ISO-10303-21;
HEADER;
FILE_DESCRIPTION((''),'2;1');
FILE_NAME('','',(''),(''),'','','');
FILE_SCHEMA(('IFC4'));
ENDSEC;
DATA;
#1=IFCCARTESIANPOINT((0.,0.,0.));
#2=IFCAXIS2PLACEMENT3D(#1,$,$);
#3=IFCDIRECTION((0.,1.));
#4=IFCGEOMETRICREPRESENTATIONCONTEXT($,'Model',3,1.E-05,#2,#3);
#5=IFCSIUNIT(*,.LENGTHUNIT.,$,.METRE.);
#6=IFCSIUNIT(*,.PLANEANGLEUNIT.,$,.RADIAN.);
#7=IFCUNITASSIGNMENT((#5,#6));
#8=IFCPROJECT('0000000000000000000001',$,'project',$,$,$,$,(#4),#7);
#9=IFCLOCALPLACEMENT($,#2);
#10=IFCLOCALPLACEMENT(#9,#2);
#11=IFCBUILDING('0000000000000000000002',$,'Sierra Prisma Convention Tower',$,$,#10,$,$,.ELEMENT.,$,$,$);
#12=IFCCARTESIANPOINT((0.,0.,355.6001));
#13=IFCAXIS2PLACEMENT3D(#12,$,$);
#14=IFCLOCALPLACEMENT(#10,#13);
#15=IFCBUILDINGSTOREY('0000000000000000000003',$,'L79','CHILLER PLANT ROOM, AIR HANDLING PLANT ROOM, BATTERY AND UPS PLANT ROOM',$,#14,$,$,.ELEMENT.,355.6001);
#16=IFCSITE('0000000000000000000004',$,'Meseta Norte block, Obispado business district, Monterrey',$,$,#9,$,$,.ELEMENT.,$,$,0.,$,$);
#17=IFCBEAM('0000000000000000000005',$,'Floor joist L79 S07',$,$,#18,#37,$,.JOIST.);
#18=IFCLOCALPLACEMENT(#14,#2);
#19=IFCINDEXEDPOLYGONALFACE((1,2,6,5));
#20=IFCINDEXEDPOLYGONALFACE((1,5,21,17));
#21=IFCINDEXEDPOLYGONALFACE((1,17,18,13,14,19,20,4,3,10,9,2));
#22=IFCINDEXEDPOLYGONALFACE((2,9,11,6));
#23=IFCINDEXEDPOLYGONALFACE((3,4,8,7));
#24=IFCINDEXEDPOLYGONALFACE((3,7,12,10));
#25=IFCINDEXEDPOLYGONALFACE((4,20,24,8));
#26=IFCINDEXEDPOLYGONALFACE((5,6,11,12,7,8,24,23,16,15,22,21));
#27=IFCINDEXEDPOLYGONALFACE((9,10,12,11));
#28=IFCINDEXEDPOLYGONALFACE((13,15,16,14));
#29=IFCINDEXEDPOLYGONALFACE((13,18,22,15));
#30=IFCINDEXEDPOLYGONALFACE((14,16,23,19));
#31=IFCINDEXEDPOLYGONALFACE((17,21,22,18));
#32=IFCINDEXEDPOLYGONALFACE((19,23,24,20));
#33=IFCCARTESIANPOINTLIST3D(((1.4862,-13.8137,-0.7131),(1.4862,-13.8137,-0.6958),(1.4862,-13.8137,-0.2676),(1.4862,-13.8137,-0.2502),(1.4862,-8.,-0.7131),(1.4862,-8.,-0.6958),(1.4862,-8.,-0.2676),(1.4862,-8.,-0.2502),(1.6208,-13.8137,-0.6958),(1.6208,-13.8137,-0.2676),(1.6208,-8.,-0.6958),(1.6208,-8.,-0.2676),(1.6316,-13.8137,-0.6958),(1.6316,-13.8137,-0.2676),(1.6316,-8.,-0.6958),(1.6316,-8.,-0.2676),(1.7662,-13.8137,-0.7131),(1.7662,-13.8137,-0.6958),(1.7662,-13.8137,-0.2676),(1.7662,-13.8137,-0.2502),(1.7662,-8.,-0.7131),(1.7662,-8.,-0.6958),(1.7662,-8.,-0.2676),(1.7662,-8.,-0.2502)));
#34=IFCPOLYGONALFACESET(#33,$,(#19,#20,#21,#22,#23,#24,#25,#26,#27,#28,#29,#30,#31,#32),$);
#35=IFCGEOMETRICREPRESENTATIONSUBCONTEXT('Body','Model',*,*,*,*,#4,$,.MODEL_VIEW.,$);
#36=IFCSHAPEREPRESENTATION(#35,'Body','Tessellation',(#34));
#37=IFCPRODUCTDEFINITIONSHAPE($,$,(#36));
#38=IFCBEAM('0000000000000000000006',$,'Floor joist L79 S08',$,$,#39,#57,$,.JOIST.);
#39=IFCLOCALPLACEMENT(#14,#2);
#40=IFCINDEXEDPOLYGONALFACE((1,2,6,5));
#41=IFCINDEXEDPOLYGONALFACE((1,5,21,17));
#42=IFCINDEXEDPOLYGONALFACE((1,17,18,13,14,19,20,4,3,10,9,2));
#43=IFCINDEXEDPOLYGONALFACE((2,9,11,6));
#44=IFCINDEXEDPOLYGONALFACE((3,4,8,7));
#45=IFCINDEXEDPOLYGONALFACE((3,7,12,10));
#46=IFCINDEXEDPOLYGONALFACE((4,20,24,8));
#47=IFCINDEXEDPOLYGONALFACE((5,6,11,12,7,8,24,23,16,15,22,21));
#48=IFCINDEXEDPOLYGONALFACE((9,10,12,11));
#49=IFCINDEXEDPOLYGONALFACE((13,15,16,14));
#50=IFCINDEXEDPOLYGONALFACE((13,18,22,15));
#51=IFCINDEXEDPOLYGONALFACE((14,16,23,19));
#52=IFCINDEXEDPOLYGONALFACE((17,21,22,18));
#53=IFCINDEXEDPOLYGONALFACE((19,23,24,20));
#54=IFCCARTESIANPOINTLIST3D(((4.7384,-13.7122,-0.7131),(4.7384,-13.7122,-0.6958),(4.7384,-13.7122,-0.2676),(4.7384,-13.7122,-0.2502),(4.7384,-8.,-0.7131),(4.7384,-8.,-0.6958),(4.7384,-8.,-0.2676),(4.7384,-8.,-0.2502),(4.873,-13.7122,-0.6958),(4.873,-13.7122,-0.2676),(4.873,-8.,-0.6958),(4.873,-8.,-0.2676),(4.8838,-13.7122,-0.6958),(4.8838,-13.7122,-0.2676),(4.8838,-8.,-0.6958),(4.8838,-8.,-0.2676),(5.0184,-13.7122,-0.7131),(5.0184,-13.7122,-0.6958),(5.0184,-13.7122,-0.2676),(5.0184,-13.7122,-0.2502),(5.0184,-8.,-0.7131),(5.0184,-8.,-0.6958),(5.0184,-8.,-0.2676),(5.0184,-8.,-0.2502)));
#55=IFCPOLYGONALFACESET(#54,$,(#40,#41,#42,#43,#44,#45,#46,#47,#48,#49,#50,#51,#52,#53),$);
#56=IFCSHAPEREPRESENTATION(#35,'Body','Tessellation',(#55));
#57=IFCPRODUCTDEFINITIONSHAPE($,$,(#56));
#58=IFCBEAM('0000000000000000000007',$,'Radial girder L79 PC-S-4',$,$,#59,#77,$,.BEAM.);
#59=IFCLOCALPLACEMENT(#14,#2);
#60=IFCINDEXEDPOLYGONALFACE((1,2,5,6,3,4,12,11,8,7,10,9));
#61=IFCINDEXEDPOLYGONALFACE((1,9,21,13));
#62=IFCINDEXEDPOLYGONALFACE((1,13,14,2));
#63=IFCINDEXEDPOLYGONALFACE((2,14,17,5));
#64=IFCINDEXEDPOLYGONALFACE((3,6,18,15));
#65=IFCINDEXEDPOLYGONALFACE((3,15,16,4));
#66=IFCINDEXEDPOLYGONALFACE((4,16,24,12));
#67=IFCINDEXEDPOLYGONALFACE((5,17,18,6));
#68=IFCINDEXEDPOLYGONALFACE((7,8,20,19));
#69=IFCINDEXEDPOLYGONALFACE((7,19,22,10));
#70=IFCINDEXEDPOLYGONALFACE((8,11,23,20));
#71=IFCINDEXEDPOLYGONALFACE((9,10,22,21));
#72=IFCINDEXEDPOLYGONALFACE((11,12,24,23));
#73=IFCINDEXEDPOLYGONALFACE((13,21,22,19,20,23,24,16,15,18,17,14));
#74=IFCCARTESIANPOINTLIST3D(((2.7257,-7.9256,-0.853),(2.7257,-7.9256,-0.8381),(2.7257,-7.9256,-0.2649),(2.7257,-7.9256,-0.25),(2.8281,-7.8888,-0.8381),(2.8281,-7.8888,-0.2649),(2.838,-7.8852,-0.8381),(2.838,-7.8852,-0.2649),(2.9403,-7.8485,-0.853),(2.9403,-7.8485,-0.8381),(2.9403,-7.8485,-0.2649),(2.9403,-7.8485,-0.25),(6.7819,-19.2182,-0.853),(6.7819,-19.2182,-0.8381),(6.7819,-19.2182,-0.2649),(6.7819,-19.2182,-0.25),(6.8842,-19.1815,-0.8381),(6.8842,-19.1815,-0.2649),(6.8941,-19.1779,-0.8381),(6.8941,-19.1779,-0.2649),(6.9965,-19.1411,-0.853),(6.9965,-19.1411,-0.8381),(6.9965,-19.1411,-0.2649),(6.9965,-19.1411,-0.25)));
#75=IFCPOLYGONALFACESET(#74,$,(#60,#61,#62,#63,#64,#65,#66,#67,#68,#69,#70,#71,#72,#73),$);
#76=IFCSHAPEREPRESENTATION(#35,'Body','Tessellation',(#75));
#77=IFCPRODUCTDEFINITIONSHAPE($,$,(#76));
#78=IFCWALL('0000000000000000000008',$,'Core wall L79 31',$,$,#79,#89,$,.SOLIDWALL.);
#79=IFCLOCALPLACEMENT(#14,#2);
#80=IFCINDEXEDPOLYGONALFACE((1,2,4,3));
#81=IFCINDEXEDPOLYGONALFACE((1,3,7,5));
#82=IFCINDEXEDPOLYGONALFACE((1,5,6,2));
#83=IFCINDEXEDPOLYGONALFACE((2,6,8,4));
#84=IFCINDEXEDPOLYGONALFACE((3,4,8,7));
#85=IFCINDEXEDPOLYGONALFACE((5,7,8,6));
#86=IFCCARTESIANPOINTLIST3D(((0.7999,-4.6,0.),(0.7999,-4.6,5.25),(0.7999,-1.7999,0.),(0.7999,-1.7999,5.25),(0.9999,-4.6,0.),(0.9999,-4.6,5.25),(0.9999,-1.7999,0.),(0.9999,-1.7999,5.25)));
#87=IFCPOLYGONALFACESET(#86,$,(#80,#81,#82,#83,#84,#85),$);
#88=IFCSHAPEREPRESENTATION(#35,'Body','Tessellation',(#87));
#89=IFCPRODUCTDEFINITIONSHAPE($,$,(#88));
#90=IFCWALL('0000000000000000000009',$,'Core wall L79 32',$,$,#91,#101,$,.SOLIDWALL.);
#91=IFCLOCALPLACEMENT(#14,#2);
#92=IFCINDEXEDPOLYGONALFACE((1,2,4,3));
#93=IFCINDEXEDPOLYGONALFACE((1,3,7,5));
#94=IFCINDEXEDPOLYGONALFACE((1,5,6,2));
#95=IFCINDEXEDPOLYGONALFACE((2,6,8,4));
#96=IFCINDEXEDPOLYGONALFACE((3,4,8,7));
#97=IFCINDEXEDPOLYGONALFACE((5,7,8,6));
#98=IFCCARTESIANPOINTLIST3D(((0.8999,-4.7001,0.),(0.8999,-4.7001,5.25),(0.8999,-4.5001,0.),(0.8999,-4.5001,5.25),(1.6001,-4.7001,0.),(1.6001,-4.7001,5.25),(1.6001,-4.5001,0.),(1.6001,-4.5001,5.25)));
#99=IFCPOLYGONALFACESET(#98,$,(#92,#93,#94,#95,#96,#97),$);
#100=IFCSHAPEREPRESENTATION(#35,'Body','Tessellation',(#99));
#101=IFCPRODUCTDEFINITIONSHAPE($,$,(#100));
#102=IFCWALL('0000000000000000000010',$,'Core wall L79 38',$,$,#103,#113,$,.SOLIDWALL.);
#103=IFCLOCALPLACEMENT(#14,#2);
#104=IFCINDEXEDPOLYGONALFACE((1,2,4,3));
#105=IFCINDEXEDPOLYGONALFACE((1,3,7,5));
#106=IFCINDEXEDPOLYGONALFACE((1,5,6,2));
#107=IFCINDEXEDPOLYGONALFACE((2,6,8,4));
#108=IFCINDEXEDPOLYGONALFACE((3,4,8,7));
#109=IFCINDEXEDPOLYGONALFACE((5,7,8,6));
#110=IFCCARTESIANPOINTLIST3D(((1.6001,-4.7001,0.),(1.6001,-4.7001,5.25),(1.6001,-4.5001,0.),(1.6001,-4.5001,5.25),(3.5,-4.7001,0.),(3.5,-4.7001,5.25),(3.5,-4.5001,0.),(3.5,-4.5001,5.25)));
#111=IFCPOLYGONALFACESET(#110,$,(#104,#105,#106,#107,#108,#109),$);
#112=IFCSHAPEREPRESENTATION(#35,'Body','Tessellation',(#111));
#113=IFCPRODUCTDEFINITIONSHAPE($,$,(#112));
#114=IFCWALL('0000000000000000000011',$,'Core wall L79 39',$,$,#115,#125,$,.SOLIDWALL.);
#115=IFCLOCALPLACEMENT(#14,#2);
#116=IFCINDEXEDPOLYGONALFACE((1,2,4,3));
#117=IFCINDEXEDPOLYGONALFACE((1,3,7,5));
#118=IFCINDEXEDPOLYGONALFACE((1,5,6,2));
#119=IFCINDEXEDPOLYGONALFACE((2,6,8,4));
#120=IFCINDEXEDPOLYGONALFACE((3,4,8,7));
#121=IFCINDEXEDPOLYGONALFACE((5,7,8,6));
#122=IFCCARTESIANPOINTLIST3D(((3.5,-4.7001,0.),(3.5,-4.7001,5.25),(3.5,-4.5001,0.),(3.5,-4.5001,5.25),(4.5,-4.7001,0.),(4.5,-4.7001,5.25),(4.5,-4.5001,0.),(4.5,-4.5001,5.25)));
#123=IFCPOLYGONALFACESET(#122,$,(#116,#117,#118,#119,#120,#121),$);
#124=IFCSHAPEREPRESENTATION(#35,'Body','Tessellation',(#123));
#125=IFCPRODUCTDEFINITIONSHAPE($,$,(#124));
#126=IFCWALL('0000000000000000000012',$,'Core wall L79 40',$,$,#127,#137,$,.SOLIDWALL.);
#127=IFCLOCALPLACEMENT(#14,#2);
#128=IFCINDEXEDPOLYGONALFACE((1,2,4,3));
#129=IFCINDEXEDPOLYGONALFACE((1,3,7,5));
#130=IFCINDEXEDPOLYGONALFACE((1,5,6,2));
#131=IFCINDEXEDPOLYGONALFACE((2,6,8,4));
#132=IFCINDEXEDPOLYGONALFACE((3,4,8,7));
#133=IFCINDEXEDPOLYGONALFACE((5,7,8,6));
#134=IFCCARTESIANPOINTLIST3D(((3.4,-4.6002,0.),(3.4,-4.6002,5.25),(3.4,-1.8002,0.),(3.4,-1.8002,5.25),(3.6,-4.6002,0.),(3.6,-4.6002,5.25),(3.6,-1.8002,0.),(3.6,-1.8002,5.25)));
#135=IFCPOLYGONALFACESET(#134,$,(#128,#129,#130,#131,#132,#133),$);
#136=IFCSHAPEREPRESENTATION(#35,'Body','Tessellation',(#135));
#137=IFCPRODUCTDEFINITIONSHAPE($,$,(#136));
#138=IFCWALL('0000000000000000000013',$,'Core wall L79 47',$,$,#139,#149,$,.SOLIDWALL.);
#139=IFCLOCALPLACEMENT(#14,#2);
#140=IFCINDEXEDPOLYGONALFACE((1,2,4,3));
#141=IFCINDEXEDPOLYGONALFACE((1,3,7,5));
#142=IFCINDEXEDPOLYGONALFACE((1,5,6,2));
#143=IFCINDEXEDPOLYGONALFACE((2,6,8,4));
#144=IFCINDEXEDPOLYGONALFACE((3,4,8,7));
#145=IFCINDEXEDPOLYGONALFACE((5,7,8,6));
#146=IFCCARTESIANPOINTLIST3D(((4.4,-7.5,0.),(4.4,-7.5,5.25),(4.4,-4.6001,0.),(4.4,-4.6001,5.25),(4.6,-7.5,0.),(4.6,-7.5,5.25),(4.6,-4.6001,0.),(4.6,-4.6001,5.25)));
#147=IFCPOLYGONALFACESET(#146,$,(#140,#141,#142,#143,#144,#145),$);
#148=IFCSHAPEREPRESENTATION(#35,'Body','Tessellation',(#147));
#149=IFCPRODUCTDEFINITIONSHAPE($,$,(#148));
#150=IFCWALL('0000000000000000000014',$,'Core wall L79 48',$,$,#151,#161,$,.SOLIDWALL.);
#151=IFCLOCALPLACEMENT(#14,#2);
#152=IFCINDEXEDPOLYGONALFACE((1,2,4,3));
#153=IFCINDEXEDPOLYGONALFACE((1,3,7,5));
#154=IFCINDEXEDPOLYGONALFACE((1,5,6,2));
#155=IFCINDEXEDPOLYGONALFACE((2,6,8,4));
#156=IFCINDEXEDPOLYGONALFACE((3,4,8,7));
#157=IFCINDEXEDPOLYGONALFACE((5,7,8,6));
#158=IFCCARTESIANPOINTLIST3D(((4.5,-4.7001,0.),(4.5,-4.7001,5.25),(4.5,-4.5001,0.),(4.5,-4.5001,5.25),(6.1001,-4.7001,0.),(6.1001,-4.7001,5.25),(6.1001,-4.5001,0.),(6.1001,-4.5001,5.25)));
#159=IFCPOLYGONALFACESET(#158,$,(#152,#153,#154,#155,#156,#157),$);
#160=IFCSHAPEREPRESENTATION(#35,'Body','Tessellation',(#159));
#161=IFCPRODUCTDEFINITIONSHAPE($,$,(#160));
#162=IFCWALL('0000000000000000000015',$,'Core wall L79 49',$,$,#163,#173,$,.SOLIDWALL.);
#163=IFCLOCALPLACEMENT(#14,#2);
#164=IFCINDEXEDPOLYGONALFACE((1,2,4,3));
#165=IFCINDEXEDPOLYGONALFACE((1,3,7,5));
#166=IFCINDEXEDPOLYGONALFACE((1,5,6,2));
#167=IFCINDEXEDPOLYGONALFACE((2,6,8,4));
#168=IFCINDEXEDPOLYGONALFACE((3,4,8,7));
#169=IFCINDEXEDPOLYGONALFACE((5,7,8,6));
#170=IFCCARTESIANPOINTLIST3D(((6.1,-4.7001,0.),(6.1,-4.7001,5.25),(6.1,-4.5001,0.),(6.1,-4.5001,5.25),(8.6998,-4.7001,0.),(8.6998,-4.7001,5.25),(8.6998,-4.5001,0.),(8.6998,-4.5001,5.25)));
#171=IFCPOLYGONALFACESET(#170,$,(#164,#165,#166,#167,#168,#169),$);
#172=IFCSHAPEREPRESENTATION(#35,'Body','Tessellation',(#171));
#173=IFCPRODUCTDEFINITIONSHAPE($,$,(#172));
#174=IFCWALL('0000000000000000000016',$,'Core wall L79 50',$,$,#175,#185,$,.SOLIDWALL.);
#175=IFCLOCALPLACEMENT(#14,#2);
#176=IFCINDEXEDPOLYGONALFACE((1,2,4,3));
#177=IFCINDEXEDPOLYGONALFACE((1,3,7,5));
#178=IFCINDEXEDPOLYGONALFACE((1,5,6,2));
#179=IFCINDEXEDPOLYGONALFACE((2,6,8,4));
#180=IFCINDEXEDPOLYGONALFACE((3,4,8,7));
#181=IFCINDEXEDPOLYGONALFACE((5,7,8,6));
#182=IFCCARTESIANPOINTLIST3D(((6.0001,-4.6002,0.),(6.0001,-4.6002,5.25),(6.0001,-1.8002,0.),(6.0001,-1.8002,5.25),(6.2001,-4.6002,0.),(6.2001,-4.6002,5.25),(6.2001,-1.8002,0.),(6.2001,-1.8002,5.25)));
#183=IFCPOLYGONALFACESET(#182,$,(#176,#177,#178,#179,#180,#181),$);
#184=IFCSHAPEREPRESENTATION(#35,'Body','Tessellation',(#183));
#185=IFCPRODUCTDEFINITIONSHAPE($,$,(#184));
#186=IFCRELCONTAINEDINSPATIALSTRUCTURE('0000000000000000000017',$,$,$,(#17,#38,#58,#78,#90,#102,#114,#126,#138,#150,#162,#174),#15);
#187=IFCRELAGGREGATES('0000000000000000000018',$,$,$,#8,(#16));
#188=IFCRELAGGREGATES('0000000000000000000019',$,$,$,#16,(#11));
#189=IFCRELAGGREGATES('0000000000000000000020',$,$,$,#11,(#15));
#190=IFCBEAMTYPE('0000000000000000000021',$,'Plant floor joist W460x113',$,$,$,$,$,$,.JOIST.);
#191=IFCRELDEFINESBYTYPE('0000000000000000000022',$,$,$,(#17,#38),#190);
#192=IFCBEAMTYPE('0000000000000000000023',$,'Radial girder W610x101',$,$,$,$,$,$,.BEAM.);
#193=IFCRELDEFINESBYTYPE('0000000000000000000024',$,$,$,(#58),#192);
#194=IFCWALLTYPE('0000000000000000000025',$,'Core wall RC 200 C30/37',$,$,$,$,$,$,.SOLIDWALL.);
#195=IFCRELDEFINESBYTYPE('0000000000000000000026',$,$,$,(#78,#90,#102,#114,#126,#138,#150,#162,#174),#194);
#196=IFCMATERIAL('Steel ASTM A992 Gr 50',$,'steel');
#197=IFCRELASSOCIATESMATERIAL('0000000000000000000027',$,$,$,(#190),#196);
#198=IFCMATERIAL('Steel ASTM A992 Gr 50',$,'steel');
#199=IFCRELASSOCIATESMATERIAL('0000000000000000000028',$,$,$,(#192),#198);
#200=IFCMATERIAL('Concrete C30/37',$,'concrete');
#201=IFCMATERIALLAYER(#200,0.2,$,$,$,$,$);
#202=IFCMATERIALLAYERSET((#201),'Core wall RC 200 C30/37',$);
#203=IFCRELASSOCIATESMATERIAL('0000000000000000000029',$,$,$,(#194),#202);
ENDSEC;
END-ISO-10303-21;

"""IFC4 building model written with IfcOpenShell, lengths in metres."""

from ifc_helpers import new_model, si_unit, direction, frame, frame_2d, origin, origin_2d, place, context, subcontext, project, spatial, rectangle, i_section, extrude, material, layer, layer_set, material_profile, profile_set, type_object, element, save


model = new_model("IFC4")

# Units and contexts
model_context = context("Model", 3, precision=1e-05, world=origin(), true_north=direction((0.0, 1.0)))
body_context = subcontext(model_context, "Body", "Model", "MODEL_VIEW")
ifc_project = project(units=[si_unit("LENGTHUNIT", "METRE"), si_unit("PLANEANGLEUNIT", "RADIAN")], contexts=[model_context])

# Site, building, storey
site_placement = place(None, origin())
site = spatial("IfcSite", under=ifc_project, at=site_placement, Name="Meseta Norte block, Obispado business district, Monterrey", CompositionType="ELEMENT", RefElevation=0.0)
building_placement = place(site_placement, origin())
building = spatial("IfcBuilding", under=site, at=building_placement, Name="Sierra Prisma Convention Tower", CompositionType="ELEMENT")
storey_placement = place(building_placement, frame((0.0, 0.0, 355.6001)))
storey = spatial("IfcBuildingStorey", under=building, at=storey_placement, Name="L79", Description="CHILLER PLANT ROOM, AIR HANDLING PLANT ROOM, BATTERY AND UPS PLANT ROOM", CompositionType="ELEMENT", Elevation=355.6001)

# Beams
ifc_material_1 = material(Name="Steel ASTM A992 Gr 50", Category="steel")
ifc_material_profile_1 = material_profile(ifc_material_1, i_section(OverallWidth=0.28, OverallDepth=0.4629, WebThickness=0.0107, FlangeThickness=0.0173, at=origin_2d()), Name="W460x113")
ifc_profile_set_1 = profile_set([ifc_material_profile_1], Name="Steel ASTM A992 Gr 50")
beam_type_1 = type_object("IfcBeamType", Name="Plant floor joist W460x113", PredefinedType="JOIST", material=ifc_profile_set_1)
beam_1_placement = place(storey_placement, frame((1.6262, -13.8137, -0.4817), z_axis=(0.0, 1.0, 0.0), x_axis=(-1.0, 0.0, 0.0)))
element("IfcBeam", 1, at=beam_1_placement, inside=storey, type_object=beam_type_1, Name="Floor joist L79 S07", PredefinedType="JOIST", context=body_context, shape_type="SweptSolid", body=[
    extrude(i_section(OverallWidth=0.28, OverallDepth=0.4629, WebThickness=0.0107, FlangeThickness=0.0173, at=origin_2d()), origin(), (0.0, 0.0, 1.0), 5.8137),
])
beam_2_placement = place(storey_placement, frame((4.8784, -13.7122, -0.4817), z_axis=(0.0, 1.0, 0.0), x_axis=(-1.0, 0.0, 0.0)))
element("IfcBeam", 2, at=beam_2_placement, inside=storey, type_object=beam_type_1, Name="Floor joist L79 S08", PredefinedType="JOIST", context=body_context, shape_type="SweptSolid", body=[
    extrude(i_section(OverallWidth=0.28, OverallDepth=0.4629, WebThickness=0.0107, FlangeThickness=0.0173, at=origin_2d()), origin(), (0.0, 0.0, 1.0), 5.7122),
])
ifc_material_2 = material(Name="Steel ASTM A992 Gr 50", Category="steel")
ifc_material_profile_2 = material_profile(ifc_material_2, i_section(OverallWidth=0.228, OverallDepth=0.603, WebThickness=0.0105, FlangeThickness=0.0149, at=origin_2d()), Name="W610x101")
ifc_profile_set_2 = profile_set([ifc_material_profile_2], Name="Steel ASTM A992 Gr 50")
beam_type_2 = type_object("IfcBeamType", Name="Radial girder W610x101", PredefinedType="BEAM", material=ifc_profile_set_2)
beam_3_placement = place(storey_placement, frame((6.8892, -19.1797, -0.5515), z_axis=(-0.338039, 0.941132, 0.0), x_axis=(-0.941132, -0.338039, 0.0)))
element("IfcBeam", 3, at=beam_3_placement, inside=storey, type_object=beam_type_2, Name="Radial girder L79 PC-S-4", PredefinedType="BEAM", context=body_context, shape_type="SweptSolid", body=[
    extrude(i_section(OverallWidth=0.228, OverallDepth=0.603, WebThickness=0.0105, FlangeThickness=0.0149, at=origin_2d()), origin(), (0.0, 0.0, 1.0), 11.999),
])

# Shared definitions
ifc_material_3 = material(Name="Concrete C30/37", Category="concrete")
ifc_layer_1 = layer(ifc_material_3, 0.2)
ifc_layer_set_1 = layer_set([ifc_layer_1], Name="Core wall RC 200 C30/37")
wall_type = type_object("IfcWallType", Name="Core wall RC 200 C30/37", PredefinedType="SOLIDWALL", material=ifc_layer_set_1)

# Walls
wall_1_placement = place(storey_placement, frame((0.8999, -1.8, 0.0), z_axis=(0.0, 0.0, 1.0), x_axis=(0.0, -1.0, 0.0)))
element("IfcWall", 4, at=wall_1_placement, inside=storey, type_object=wall_type, Name="Core wall L79 31", PredefinedType="SOLIDWALL", context=body_context, shape_type="SweptSolid", body=[
    extrude(rectangle(XDim=2.8, YDim=0.2, at=frame_2d((1.3999, 0.0))), origin(), (0.0, 0.0, 1.0), 5.25),
])
wall_2_placement = place(storey_placement, frame((0.8999, -4.6001, 0.0), z_axis=(0.0, 0.0, 1.0), x_axis=(1.0, 0.0, 0.0)))
element("IfcWall", 5, at=wall_2_placement, inside=storey, type_object=wall_type, Name="Core wall L79 32", PredefinedType="SOLIDWALL", context=body_context, shape_type="SweptSolid", body=[
    extrude(rectangle(XDim=0.7002, YDim=0.2, at=frame_2d((0.3501, 0.0))), origin(), (0.0, 0.0, 1.0), 5.25),
])

# Walls
wall_3_placement = place(storey_placement, frame((1.6001, -4.6001, 0.0), z_axis=(0.0, 0.0, 1.0), x_axis=(1.0, 0.0, 0.0)))
element("IfcWall", 6, at=wall_3_placement, inside=storey, type_object=wall_type, Name="Core wall L79 38", PredefinedType="SOLIDWALL", context=body_context, shape_type="SweptSolid", body=[
    extrude(rectangle(XDim=1.8999, YDim=0.2, at=frame_2d((0.95, 0.0))), origin(), (0.0, 0.0, 1.0), 5.25),
])
wall_4_placement = place(storey_placement, frame((3.5, -4.6001, 0.0), z_axis=(0.0, 0.0, 1.0), x_axis=(1.0, 0.0, 0.0)))
element("IfcWall", 7, at=wall_4_placement, inside=storey, type_object=wall_type, Name="Core wall L79 39", PredefinedType="SOLIDWALL", context=body_context, shape_type="SweptSolid", body=[
    extrude(rectangle(XDim=1.0, YDim=0.2, at=frame_2d((0.5, 0.0))), origin(), (0.0, 0.0, 1.0), 5.25),
])
wall_5_placement = place(storey_placement, frame((3.5, -4.6001, 0.0), z_axis=(0.0, 0.0, 1.0), x_axis=(0.0, 1.0, 0.0)))
element("IfcWall", 8, at=wall_5_placement, inside=storey, type_object=wall_type, Name="Core wall L79 40", PredefinedType="SOLIDWALL", context=body_context, shape_type="SweptSolid", body=[
    extrude(rectangle(XDim=2.8, YDim=0.2, at=frame_2d((1.3999, 0.0))), origin(), (0.0, 0.0, 1.0), 5.25),
])

# Walls
wall_6_placement = place(storey_placement, frame((4.5, -4.6001, 0.0), z_axis=(0.0, 0.0, 1.0), x_axis=(0.0, -1.0, 0.0)))
element("IfcWall", 9, at=wall_6_placement, inside=storey, type_object=wall_type, Name="Core wall L79 47", PredefinedType="SOLIDWALL", context=body_context, shape_type="SweptSolid", body=[
    extrude(rectangle(XDim=2.8999, YDim=0.2, at=frame_2d((1.45, 0.0))), origin(), (0.0, 0.0, 1.0), 5.25),
])
wall_7_placement = place(storey_placement, frame((4.5, -4.6001, 0.0), z_axis=(0.0, 0.0, 1.0), x_axis=(1.0, 0.0, 0.0)))
element("IfcWall", 10, at=wall_7_placement, inside=storey, type_object=wall_type, Name="Core wall L79 48", PredefinedType="SOLIDWALL", context=body_context, shape_type="SweptSolid", body=[
    extrude(rectangle(XDim=1.6001, YDim=0.2, at=frame_2d((0.8, 0.0))), origin(), (0.0, 0.0, 1.0), 5.25),
])
wall_8_placement = place(storey_placement, frame((6.1001, -4.6001, 0.0), z_axis=(0.0, 0.0, 1.0), x_axis=(1.0, 0.0, 0.0)))
element("IfcWall", 11, at=wall_8_placement, inside=storey, type_object=wall_type, Name="Core wall L79 49", PredefinedType="SOLIDWALL", context=body_context, shape_type="SweptSolid", body=[
    extrude(rectangle(XDim=2.5999, YDim=0.2, at=frame_2d((1.2998, 0.0))), origin(), (0.0, 0.0, 1.0), 5.25),
])
wall_9_placement = place(storey_placement, frame((6.1001, -4.6001, 0.0), z_axis=(0.0, 0.0, 1.0), x_axis=(0.0, 1.0, 0.0)))
element("IfcWall", 12, at=wall_9_placement, inside=storey, type_object=wall_type, Name="Core wall L79 50", PredefinedType="SOLIDWALL", context=body_context, shape_type="SweptSolid", body=[
    extrude(rectangle(XDim=2.8, YDim=0.2, at=frame_2d((1.3999, 0.0))), origin(), (0.0, 0.0, 1.0), 5.25),
])

save(model, "model.ifc")
